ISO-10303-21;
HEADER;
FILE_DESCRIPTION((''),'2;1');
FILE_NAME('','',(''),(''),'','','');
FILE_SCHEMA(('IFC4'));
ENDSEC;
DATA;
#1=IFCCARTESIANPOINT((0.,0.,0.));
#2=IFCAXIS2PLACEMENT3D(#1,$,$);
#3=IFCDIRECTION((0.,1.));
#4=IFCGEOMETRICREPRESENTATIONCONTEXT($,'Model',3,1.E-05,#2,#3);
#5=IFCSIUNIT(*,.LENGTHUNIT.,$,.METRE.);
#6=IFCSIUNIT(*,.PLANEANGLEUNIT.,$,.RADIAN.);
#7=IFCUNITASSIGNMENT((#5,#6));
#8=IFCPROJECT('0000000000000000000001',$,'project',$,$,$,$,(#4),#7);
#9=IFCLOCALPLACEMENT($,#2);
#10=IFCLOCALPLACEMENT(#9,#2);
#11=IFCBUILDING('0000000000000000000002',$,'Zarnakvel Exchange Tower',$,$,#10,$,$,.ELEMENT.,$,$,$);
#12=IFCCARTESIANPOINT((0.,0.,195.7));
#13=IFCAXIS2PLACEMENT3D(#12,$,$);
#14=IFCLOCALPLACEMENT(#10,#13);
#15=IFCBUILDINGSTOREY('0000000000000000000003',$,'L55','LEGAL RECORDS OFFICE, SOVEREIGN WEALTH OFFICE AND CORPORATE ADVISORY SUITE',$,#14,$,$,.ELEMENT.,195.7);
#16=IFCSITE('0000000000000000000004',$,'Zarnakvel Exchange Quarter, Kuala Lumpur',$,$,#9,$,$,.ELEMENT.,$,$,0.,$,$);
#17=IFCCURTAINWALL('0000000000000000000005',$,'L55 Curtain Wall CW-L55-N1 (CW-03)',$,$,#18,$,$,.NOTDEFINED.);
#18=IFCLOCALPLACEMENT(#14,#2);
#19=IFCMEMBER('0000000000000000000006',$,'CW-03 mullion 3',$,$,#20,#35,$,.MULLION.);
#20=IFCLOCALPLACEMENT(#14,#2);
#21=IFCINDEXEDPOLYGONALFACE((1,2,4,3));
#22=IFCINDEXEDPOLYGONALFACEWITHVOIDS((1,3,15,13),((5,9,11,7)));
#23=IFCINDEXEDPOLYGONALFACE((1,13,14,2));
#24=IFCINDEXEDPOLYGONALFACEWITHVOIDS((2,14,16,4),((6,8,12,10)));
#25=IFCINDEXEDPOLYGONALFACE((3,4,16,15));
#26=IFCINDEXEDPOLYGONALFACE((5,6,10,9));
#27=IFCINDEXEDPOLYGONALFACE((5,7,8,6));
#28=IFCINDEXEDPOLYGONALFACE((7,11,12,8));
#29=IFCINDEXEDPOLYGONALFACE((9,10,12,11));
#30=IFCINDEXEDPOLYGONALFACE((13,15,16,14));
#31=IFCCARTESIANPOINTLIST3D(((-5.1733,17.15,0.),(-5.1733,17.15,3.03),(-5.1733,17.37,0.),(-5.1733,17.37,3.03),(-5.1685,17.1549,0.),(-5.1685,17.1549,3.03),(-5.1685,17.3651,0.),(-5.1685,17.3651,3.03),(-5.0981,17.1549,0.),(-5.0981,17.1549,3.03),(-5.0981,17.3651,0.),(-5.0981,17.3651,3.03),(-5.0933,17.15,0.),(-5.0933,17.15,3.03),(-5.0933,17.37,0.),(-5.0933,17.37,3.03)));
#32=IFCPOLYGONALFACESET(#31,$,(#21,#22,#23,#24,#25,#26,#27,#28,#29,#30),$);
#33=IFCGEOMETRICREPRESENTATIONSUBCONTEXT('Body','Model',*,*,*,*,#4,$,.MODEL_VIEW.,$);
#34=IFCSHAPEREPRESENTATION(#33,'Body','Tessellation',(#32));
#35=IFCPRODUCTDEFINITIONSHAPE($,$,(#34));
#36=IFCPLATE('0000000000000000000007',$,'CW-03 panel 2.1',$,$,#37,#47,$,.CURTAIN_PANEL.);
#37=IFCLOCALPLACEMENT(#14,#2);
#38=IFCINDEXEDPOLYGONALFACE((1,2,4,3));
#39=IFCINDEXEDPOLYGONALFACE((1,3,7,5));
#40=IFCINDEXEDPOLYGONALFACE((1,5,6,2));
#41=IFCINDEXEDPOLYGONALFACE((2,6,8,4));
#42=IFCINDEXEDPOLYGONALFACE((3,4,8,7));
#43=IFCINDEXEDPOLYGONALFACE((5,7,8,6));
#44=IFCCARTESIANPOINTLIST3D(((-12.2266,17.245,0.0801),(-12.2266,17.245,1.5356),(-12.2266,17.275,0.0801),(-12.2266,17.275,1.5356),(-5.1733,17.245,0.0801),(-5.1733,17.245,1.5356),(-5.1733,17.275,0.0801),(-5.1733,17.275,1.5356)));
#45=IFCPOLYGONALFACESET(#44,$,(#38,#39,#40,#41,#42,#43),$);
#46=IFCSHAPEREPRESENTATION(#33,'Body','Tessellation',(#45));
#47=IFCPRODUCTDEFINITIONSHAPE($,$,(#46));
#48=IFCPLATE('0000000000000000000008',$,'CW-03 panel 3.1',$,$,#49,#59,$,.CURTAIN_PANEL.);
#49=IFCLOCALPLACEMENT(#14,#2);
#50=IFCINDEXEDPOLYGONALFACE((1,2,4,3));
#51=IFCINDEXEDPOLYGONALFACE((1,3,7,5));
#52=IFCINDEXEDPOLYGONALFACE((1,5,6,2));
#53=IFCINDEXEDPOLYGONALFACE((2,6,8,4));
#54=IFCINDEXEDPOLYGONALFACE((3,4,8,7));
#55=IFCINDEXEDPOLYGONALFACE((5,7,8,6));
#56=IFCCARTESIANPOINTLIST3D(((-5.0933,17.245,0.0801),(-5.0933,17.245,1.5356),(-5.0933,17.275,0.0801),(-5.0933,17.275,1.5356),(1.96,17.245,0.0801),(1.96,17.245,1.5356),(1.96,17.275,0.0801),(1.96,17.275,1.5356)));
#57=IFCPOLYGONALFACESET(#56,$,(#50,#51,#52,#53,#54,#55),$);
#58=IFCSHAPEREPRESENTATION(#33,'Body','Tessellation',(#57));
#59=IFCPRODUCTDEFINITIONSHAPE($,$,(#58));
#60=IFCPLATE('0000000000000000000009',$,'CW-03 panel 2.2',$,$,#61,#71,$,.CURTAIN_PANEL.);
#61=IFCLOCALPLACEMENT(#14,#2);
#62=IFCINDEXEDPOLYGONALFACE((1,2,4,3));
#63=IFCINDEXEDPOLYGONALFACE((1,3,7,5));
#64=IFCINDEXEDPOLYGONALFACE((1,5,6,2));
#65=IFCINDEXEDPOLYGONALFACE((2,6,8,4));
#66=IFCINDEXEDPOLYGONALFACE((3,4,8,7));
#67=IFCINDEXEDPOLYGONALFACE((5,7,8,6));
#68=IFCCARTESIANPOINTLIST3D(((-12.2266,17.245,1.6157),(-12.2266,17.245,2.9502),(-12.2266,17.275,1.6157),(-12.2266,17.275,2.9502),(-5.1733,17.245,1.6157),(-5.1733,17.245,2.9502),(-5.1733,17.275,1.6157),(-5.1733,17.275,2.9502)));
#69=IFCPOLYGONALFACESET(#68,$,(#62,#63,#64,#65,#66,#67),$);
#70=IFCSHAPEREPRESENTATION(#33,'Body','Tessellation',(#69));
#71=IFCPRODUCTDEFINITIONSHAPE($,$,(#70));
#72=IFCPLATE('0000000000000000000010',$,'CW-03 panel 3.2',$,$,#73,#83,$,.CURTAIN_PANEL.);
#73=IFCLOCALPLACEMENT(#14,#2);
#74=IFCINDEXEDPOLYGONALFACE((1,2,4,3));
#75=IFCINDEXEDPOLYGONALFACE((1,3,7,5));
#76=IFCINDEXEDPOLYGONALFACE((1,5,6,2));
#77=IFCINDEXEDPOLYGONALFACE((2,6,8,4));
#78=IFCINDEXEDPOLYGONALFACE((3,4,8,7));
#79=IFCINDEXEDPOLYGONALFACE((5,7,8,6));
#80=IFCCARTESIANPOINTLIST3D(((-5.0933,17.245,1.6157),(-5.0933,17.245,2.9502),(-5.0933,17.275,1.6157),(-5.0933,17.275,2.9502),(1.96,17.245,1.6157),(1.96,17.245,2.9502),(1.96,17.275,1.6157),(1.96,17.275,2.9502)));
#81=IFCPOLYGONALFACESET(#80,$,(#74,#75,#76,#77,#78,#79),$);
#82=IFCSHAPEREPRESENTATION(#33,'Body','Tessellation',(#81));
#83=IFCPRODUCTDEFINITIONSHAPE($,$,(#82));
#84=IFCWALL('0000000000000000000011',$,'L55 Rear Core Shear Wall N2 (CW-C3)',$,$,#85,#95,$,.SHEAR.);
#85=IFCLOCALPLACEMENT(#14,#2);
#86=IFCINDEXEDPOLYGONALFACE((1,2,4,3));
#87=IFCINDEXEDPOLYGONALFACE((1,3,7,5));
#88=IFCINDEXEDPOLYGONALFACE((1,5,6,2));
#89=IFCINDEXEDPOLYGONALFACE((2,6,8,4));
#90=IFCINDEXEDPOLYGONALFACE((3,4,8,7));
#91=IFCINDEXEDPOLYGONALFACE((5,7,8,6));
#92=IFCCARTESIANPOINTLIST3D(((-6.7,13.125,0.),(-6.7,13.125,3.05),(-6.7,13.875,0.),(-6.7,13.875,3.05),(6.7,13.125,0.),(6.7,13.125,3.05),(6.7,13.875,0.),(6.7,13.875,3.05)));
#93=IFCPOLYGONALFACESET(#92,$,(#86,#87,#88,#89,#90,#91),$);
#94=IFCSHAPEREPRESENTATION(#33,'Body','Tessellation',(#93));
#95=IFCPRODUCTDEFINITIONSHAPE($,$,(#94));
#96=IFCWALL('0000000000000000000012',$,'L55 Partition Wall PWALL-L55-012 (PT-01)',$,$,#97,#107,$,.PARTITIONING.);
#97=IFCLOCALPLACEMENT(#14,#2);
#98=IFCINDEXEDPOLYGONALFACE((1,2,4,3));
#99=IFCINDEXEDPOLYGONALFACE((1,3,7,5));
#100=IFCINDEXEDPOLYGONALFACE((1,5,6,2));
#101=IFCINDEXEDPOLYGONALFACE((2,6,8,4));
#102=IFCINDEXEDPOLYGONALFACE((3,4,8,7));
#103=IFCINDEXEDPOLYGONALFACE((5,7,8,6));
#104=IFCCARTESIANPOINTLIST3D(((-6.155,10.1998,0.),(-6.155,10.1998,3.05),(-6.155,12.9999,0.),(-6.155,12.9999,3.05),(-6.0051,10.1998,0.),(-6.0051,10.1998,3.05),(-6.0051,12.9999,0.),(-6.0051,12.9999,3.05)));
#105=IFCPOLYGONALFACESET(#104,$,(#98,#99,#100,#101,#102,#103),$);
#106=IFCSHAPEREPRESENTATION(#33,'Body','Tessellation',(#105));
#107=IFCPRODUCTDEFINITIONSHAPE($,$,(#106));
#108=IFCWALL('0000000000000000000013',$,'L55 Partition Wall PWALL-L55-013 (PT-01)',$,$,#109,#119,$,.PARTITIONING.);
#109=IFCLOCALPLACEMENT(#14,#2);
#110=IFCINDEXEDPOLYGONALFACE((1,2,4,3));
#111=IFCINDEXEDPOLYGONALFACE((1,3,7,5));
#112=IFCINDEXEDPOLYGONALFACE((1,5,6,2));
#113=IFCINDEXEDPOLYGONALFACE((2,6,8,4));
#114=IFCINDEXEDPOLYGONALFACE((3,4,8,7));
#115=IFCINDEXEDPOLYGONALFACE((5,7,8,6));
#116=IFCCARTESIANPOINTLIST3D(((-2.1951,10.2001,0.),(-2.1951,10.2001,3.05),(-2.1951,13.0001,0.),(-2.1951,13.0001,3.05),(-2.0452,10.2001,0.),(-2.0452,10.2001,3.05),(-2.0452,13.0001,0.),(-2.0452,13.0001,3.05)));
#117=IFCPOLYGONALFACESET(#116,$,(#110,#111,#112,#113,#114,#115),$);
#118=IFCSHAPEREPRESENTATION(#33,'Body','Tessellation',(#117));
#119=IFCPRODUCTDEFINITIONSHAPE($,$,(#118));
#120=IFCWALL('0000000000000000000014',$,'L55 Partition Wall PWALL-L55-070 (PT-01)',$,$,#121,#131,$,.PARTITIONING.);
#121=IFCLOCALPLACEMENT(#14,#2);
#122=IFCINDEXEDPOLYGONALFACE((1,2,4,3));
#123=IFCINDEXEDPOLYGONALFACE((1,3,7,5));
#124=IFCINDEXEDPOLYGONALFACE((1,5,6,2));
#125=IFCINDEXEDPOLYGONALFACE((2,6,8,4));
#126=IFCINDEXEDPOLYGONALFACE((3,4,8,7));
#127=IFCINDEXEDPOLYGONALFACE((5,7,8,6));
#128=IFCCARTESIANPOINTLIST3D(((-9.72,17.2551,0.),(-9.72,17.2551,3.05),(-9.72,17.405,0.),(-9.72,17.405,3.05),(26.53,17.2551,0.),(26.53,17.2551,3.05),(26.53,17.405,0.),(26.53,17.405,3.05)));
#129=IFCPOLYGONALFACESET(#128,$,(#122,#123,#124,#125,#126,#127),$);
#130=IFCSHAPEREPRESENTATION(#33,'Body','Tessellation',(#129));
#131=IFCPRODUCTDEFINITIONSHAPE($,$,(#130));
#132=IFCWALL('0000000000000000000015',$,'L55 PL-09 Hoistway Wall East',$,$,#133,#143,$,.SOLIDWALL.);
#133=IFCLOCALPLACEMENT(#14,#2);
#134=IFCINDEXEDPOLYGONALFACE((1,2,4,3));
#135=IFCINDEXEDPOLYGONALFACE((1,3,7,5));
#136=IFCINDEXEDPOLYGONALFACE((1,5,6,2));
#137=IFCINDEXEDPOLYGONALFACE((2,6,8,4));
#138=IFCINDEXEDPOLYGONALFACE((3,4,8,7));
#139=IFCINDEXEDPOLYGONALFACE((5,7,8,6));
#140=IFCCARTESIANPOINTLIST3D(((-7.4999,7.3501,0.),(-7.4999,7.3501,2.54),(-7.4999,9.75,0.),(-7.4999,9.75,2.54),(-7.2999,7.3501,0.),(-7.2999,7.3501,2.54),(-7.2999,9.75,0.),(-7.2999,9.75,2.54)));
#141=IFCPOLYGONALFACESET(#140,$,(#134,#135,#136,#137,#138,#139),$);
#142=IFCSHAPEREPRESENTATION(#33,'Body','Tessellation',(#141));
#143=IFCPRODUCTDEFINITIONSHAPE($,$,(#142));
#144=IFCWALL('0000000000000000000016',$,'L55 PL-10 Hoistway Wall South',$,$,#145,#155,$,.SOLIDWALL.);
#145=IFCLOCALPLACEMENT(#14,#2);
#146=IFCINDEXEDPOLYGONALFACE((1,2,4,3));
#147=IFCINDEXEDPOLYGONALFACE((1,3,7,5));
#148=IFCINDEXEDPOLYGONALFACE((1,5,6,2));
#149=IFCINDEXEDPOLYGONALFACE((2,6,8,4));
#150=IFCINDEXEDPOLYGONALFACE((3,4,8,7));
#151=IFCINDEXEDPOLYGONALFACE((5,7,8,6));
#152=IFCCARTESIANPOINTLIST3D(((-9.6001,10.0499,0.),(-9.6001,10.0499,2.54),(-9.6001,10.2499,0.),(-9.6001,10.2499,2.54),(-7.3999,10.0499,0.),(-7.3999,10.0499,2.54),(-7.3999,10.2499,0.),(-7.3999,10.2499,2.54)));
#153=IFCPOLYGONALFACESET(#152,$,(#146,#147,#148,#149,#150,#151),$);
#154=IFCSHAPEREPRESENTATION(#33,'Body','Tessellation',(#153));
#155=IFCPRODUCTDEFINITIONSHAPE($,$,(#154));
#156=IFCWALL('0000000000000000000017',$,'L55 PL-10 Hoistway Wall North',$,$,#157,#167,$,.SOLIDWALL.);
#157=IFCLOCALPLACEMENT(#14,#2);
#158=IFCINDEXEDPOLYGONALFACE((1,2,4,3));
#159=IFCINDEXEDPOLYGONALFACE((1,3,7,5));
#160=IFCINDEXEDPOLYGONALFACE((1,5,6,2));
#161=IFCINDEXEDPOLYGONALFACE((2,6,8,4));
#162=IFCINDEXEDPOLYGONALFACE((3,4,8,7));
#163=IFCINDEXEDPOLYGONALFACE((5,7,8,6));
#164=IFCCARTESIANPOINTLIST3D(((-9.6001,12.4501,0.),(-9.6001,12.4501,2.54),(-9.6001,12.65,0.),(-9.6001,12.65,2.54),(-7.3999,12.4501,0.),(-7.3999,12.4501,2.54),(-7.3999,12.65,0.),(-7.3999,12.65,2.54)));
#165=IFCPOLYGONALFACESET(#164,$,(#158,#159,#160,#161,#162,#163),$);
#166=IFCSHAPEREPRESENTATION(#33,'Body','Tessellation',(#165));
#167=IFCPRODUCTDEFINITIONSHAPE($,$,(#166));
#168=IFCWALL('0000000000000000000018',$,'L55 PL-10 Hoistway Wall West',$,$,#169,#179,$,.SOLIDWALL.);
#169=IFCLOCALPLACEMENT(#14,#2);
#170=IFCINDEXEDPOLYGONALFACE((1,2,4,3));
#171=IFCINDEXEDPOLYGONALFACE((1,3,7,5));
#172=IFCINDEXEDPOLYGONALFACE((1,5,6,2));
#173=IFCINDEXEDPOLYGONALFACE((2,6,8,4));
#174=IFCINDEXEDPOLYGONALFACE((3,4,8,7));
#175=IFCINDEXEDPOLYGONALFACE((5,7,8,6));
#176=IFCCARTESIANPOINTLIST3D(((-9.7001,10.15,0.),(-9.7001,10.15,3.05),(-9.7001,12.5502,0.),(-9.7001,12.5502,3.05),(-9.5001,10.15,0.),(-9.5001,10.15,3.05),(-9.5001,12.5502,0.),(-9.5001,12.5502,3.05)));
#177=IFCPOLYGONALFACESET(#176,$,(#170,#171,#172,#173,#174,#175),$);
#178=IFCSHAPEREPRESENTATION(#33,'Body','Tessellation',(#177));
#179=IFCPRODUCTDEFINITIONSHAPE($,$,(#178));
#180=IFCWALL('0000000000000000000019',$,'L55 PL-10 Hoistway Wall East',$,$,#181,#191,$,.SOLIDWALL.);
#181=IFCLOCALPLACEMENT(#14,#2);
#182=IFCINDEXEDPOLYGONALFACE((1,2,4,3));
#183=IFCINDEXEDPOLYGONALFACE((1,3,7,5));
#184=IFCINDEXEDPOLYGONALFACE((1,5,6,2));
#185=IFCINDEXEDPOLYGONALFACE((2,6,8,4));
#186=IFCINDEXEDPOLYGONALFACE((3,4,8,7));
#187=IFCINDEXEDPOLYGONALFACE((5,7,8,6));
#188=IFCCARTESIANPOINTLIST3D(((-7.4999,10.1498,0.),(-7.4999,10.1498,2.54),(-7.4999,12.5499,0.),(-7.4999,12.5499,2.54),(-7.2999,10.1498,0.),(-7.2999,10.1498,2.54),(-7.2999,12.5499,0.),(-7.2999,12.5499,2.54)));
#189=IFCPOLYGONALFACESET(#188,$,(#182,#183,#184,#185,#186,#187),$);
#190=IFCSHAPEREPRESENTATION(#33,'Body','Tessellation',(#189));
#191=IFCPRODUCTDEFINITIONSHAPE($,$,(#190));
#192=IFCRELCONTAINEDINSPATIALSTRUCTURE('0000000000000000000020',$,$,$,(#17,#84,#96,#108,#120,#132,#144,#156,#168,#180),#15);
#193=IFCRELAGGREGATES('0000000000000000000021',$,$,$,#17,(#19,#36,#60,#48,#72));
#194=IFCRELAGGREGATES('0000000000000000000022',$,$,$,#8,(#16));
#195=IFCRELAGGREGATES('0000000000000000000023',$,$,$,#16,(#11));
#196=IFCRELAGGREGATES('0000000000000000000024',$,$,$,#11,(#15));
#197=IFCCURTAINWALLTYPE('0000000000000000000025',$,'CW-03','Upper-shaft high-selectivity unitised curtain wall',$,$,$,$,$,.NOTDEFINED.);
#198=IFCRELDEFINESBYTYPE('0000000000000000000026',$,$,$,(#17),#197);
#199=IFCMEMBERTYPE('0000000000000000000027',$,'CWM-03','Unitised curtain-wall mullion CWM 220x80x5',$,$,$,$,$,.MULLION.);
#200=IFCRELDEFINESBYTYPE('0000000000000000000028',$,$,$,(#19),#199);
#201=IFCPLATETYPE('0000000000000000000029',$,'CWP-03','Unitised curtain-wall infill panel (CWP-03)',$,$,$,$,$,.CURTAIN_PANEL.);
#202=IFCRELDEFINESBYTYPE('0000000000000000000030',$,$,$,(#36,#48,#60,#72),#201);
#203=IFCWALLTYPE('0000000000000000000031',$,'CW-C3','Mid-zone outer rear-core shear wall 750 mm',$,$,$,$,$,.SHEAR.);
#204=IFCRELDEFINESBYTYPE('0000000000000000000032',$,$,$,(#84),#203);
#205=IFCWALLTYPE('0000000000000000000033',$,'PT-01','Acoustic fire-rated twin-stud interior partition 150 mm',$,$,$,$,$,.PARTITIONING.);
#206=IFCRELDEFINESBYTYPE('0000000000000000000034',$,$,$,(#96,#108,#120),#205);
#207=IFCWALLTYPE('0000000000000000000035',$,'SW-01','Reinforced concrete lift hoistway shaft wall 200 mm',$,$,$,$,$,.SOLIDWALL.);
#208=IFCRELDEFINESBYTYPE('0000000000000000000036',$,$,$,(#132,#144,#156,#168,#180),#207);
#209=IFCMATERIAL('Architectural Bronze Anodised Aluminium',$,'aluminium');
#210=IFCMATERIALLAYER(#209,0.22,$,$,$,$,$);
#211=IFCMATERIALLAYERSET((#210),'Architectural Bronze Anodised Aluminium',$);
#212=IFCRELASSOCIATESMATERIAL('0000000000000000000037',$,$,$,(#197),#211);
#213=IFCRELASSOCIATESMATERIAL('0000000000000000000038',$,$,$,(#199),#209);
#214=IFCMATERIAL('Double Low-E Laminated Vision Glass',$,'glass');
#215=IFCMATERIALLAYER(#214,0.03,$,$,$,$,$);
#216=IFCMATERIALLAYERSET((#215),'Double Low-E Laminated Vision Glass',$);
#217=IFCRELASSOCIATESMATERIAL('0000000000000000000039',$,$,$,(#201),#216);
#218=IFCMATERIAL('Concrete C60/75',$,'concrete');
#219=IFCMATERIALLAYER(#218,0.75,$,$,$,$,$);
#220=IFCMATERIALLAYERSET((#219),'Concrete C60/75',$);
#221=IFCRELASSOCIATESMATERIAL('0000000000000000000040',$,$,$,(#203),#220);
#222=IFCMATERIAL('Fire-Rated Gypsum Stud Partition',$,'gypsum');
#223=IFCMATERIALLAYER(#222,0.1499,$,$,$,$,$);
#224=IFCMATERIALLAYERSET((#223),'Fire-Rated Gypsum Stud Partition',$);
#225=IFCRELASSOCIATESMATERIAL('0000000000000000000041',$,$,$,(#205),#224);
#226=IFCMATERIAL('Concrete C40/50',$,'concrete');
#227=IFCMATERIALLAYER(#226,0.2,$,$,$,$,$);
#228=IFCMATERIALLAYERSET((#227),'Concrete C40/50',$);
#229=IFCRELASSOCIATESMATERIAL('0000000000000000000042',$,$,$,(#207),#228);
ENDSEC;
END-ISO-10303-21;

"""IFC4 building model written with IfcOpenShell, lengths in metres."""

from ifc_helpers import new_model, si_unit, direction, frame, frame_2d, origin, origin_2d, place, context, subcontext, project, spatial, rectangle, hollow_rectangle, extrude, source, transform, mapped, material, layer, layer_set, material_profile, profile_set, type_object, element, aggregate, save


model = new_model("IFC4")

# Units and contexts
model_context = context("Model", 3, precision=1e-05, world=origin(), true_north=direction((0.0, 1.0)))
body_context = subcontext(model_context, "Body", "Model", "MODEL_VIEW")
ifc_project = project(units=[si_unit("LENGTHUNIT", "METRE"), si_unit("PLANEANGLEUNIT", "RADIAN")], contexts=[model_context])

# Site, building, storey
site_placement = place(None, origin())
site = spatial("IfcSite", under=ifc_project, at=site_placement, Name="Zarnakvel Exchange Quarter, Kuala Lumpur", CompositionType="ELEMENT", RefElevation=0.0)
building_placement = place(site_placement, origin())
building = spatial("IfcBuilding", under=site, at=building_placement, Name="Zarnakvel Exchange Tower", CompositionType="ELEMENT")
storey_placement = place(building_placement, frame((0.0, 0.0, 195.7)))
storey = spatial("IfcBuildingStorey", under=building, at=storey_placement, Name="L55", Description="LEGAL RECORDS OFFICE, SOVEREIGN WEALTH OFFICE AND CORPORATE ADVISORY SUITE", CompositionType="ELEMENT", Elevation=195.7)

# Shared definitions
ifc_material_1 = material(Name="Concrete C60/75", Category="concrete")

# Curtain wall, member, plates
ifc_material_2 = material(Name="Architectural Bronze Anodised Aluminium", Category="aluminium")
ifc_layer_1 = layer(ifc_material_2, 0.22)
ifc_layer_set_1 = layer_set([ifc_layer_1], Name="Architectural Bronze Anodised Aluminium")
curtain_wall_type = type_object("IfcCurtainWallType", Name="CW-03", Description="Upper-shaft high-selectivity unitised curtain wall", PredefinedType="NOTDEFINED", material=ifc_layer_set_1)
curtain_wall_placement = place(storey_placement, origin())
curtain_wall = element("IfcCurtainWall", 1, at=curtain_wall_placement, inside=storey, type_object=curtain_wall_type, Name="L55 Curtain Wall CW-L55-N1 (CW-03)", PredefinedType="NOTDEFINED")
ifc_material_profile_1 = material_profile(ifc_material_2, hollow_rectangle(XDim=0.22, YDim=0.0801, WallThickness=0.0049, at=origin_2d()))
ifc_profile_set_1 = profile_set([ifc_material_profile_1], Name="Architectural Bronze Anodised Aluminium")
member_type_1 = type_object("IfcMemberType", Name="CWM-03", Description="Unitised curtain-wall mullion CWM 220x80x5", PredefinedType="MULLION", material=ifc_profile_set_1)
shared_shape_1 = source(origin(), body_context, "Body", "SweptSolid", [
    extrude(hollow_rectangle(XDim=0.22, YDim=0.0801, WallThickness=0.0049, at=origin_2d()), origin(), (0.0, 0.0, 1.0), 3.03),
])
member_1_placement = place(storey_placement, frame((-5.1333, 17.26, 0.0), z_axis=(0.0, 0.0, 1.0), x_axis=(0.0, 1.0, 0.0)))
member_1 = element("IfcMember", 2, at=member_1_placement, type_object=member_type_1, Name="CW-03 mullion 3", PredefinedType="MULLION", context=body_context, shape_type="MappedRepresentation", body=[
    mapped(shared_shape_1, transform((0.0, 0.0, 0.0), x_axis=(1.0, 0.0, 0.0), y_axis=(0.0, 1.0, 0.0), z_axis=(0.0, 0.0, 1.0), scale=1.0)),
])
ifc_material_3 = material(Name="Double Low-E Laminated Vision Glass", Category="glass")
ifc_layer_2 = layer(ifc_material_3, 0.03)
ifc_layer_set_2 = layer_set([ifc_layer_2], Name="Double Low-E Laminated Vision Glass")
plate_type = type_object("IfcPlateType", Name="CWP-03", Description="Unitised curtain-wall infill panel (CWP-03)", PredefinedType="CURTAIN_PANEL", material=ifc_layer_set_2)
shared_shape_2 = source(origin(), body_context, "Body", "SweptSolid", [
    extrude(rectangle(XDim=7.0532, YDim=0.03, at=origin_2d()), origin(), (0.0, 0.0, 1.0), 1.4556),
])
plate_1_placement = place(storey_placement, frame((-8.7, 17.26, 0.0801), z_axis=(0.0, 0.0, 1.0), x_axis=(1.0, 0.0, 0.0)))
plate_1 = element("IfcPlate", 3, at=plate_1_placement, type_object=plate_type, Name="CW-03 panel 2.1", PredefinedType="CURTAIN_PANEL", context=body_context, shape_type="MappedRepresentation", body=[
    mapped(shared_shape_2, transform((0.0, 0.0, 0.0), x_axis=(1.0, 0.0, 0.0), y_axis=(0.0, 1.0, 0.0), z_axis=(0.0, 0.0, 1.0), scale=1.0)),
])
plate_2_placement = place(storey_placement, frame((-1.5667, 17.26, 0.0801), z_axis=(0.0, 0.0, 1.0), x_axis=(1.0, 0.0, 0.0)))
plate_2 = element("IfcPlate", 4, at=plate_2_placement, type_object=plate_type, Name="CW-03 panel 3.1", PredefinedType="CURTAIN_PANEL", context=body_context, shape_type="MappedRepresentation", body=[
    mapped(shared_shape_2, transform((0.0, 0.0, 0.0), x_axis=(1.0, 0.0, 0.0), y_axis=(0.0, 1.0, 0.0), z_axis=(0.0, 0.0, 1.0), scale=1.0)),
])
shared_shape_3 = source(origin(), body_context, "Body", "SweptSolid", [
    extrude(rectangle(XDim=7.0532, YDim=0.03, at=origin_2d()), origin(), (0.0, 0.0, 1.0), 1.3345),
])
plate_3_placement = place(storey_placement, frame((-8.7, 17.26, 1.6157), z_axis=(0.0, 0.0, 1.0), x_axis=(1.0, 0.0, 0.0)))
plate_3 = element("IfcPlate", 5, at=plate_3_placement, type_object=plate_type, Name="CW-03 panel 2.2", PredefinedType="CURTAIN_PANEL", context=body_context, shape_type="MappedRepresentation", body=[
    mapped(shared_shape_3, transform((0.0, 0.0, 0.0), x_axis=(1.0, 0.0, 0.0), y_axis=(0.0, 1.0, 0.0), z_axis=(0.0, 0.0, 1.0), scale=1.0)),
])
plate_4_placement = place(storey_placement, frame((-1.5667, 17.26, 1.6157), z_axis=(0.0, 0.0, 1.0), x_axis=(1.0, 0.0, 0.0)))
plate_4 = element("IfcPlate", 6, at=plate_4_placement, type_object=plate_type, Name="CW-03 panel 3.2", PredefinedType="CURTAIN_PANEL", context=body_context, shape_type="MappedRepresentation", body=[
    mapped(shared_shape_3, transform((0.0, 0.0, 0.0), x_axis=(1.0, 0.0, 0.0), y_axis=(0.0, 1.0, 0.0), z_axis=(0.0, 0.0, 1.0), scale=1.0)),
])
aggregate(curtain_wall, [member_1, plate_1, plate_3, plate_2, plate_4])

# Wall
ifc_layer_3 = layer(ifc_material_1, 0.75)
ifc_layer_set_3 = layer_set([ifc_layer_3], Name="Concrete C60/75")
wall_type_1 = type_object("IfcWallType", Name="CW-C3", Description="Mid-zone outer rear-core shear wall 750 mm", PredefinedType="SHEAR", material=ifc_layer_set_3)
wall_1_placement = place(storey_placement, frame((-6.7, 13.5, 0.0), z_axis=(0.0, 0.0, 1.0), x_axis=(1.0, 0.0, 0.0)))
element("IfcWall", 7, at=wall_1_placement, inside=storey, type_object=wall_type_1, Name="L55 Rear Core Shear Wall N2 (CW-C3)", PredefinedType="SHEAR", context=body_context, shape_type="SweptSolid", body=[
    extrude(rectangle(XDim=13.3999, YDim=0.75, at=frame_2d((6.7, 0.0))), origin(), (0.0, 0.0, 1.0), 3.05),
])

# Shared definitions
ifc_material_4 = material(Name="Fire-Rated Gypsum Stud Partition", Category="gypsum")
ifc_layer_4 = layer(ifc_material_4, 0.1499)
ifc_layer_set_4 = layer_set([ifc_layer_4], Name="Fire-Rated Gypsum Stud Partition")
wall_type_2 = type_object("IfcWallType", Name="PT-01", Description="Acoustic fire-rated twin-stud interior partition 150 mm", PredefinedType="PARTITIONING", material=ifc_layer_set_4)

# Walls
for number, where, z_axis, x_axis, name in (
    (8, (-6.0801, 10.2, 0.0), (0.0, 0.0, 1.0), (0.0, 1.0, 0.0), "L55 Partition Wall PWALL-L55-012 (PT-01)"),
    (9, (-2.1201, 13.0, 0.0), (0.0, 0.0, 1.0), (0.0, -1.0, 0.0), "L55 Partition Wall PWALL-L55-013 (PT-01)"),
):
    element("IfcWall", number, at=place(storey_placement, frame(where, z_axis=z_axis, x_axis=x_axis)), inside=storey, type_object=wall_type_2, Name=name, PredefinedType="PARTITIONING", context=body_context, shape_type="SweptSolid", body=[
        extrude(rectangle(XDim=2.8, YDim=0.1499, at=frame_2d((1.3999, 0.0))), origin(), (0.0, 0.0, 1.0), 3.05),
    ])
wall_2_placement = place(storey_placement, frame((-9.72, 17.3301, 0.0), z_axis=(0.0, 0.0, 1.0), x_axis=(1.0, 0.0, 0.0)))
element("IfcWall", 10, at=wall_2_placement, inside=storey, type_object=wall_type_2, Name="L55 Partition Wall PWALL-L55-070 (PT-01)", PredefinedType="PARTITIONING", context=body_context, shape_type="SweptSolid", body=[
    extrude(rectangle(XDim=36.25, YDim=0.1499, at=frame_2d((18.125, 0.0))), origin(), (0.0, 0.0, 1.0), 3.05),
])

# Walls
ifc_material_5 = material(Name="Concrete C40/50", Category="concrete")
ifc_layer_5 = layer(ifc_material_5, 0.2)
ifc_layer_set_5 = layer_set([ifc_layer_5], Name="Concrete C40/50")
wall_type_3 = type_object("IfcWallType", Name="SW-01", Description="Reinforced concrete lift hoistway shaft wall 200 mm", PredefinedType="SOLIDWALL", material=ifc_layer_set_5)
wall_3_placement = place(storey_placement, frame((-7.3999, 9.75, 0.0), z_axis=(0.0, 0.0, 1.0), x_axis=(0.0, -1.0, 0.0)))
element("IfcWall", 11, at=wall_3_placement, inside=storey, type_object=wall_type_3, Name="L55 PL-09 Hoistway Wall East", PredefinedType="SOLIDWALL", context=body_context, shape_type="SweptSolid", body=[
    extrude(rectangle(XDim=2.3999, YDim=0.2, at=frame_2d((1.2, 0.0))), origin(), (0.0, 0.0, 1.0), 2.54),
])
for number, where, z_axis, x_axis, name in (
    (12, (-7.3999, 10.1499, 0.0), (0.0, 0.0, 1.0), (-1.0, 0.0, 0.0), "L55 PL-10 Hoistway Wall South"),
    (13, (-9.6001, 12.55, 0.0), (0.0, 0.0, 1.0), (1.0, 0.0, 0.0), "L55 PL-10 Hoistway Wall North"),
):
    element("IfcWall", number, at=place(storey_placement, frame(where, z_axis=z_axis, x_axis=x_axis)), inside=storey, type_object=wall_type_3, Name=name, PredefinedType="SOLIDWALL", context=body_context, shape_type="SweptSolid", body=[
        extrude(rectangle(XDim=2.2002, YDim=0.2, at=frame_2d((1.1001, 0.0))), origin(), (0.0, 0.0, 1.0), 2.54),
    ])
wall_4_placement = place(storey_placement, frame((-9.6001, 10.1499, 0.0), z_axis=(0.0, 0.0, 1.0), x_axis=(0.0, 1.0, 0.0)))
element("IfcWall", 14, at=wall_4_placement, inside=storey, type_object=wall_type_3, Name="L55 PL-10 Hoistway Wall West", PredefinedType="SOLIDWALL", context=body_context, shape_type="SweptSolid", body=[
    extrude(rectangle(XDim=2.4001, YDim=0.2, at=frame_2d((1.2002, 0.0))), origin(), (0.0, 0.0, 1.0), 3.05),
])
wall_5_placement = place(storey_placement, frame((-7.3999, 12.55, 0.0), z_axis=(0.0, 0.0, 1.0), x_axis=(0.0, -1.0, 0.0)))
element("IfcWall", 15, at=wall_5_placement, inside=storey, type_object=wall_type_3, Name="L55 PL-10 Hoistway Wall East", PredefinedType="SOLIDWALL", context=body_context, shape_type="SweptSolid", body=[
    extrude(rectangle(XDim=2.4001, YDim=0.2, at=frame_2d((1.2002, 0.0))), origin(), (0.0, 0.0, 1.0), 2.54),
])

save(model, "model.ifc")
